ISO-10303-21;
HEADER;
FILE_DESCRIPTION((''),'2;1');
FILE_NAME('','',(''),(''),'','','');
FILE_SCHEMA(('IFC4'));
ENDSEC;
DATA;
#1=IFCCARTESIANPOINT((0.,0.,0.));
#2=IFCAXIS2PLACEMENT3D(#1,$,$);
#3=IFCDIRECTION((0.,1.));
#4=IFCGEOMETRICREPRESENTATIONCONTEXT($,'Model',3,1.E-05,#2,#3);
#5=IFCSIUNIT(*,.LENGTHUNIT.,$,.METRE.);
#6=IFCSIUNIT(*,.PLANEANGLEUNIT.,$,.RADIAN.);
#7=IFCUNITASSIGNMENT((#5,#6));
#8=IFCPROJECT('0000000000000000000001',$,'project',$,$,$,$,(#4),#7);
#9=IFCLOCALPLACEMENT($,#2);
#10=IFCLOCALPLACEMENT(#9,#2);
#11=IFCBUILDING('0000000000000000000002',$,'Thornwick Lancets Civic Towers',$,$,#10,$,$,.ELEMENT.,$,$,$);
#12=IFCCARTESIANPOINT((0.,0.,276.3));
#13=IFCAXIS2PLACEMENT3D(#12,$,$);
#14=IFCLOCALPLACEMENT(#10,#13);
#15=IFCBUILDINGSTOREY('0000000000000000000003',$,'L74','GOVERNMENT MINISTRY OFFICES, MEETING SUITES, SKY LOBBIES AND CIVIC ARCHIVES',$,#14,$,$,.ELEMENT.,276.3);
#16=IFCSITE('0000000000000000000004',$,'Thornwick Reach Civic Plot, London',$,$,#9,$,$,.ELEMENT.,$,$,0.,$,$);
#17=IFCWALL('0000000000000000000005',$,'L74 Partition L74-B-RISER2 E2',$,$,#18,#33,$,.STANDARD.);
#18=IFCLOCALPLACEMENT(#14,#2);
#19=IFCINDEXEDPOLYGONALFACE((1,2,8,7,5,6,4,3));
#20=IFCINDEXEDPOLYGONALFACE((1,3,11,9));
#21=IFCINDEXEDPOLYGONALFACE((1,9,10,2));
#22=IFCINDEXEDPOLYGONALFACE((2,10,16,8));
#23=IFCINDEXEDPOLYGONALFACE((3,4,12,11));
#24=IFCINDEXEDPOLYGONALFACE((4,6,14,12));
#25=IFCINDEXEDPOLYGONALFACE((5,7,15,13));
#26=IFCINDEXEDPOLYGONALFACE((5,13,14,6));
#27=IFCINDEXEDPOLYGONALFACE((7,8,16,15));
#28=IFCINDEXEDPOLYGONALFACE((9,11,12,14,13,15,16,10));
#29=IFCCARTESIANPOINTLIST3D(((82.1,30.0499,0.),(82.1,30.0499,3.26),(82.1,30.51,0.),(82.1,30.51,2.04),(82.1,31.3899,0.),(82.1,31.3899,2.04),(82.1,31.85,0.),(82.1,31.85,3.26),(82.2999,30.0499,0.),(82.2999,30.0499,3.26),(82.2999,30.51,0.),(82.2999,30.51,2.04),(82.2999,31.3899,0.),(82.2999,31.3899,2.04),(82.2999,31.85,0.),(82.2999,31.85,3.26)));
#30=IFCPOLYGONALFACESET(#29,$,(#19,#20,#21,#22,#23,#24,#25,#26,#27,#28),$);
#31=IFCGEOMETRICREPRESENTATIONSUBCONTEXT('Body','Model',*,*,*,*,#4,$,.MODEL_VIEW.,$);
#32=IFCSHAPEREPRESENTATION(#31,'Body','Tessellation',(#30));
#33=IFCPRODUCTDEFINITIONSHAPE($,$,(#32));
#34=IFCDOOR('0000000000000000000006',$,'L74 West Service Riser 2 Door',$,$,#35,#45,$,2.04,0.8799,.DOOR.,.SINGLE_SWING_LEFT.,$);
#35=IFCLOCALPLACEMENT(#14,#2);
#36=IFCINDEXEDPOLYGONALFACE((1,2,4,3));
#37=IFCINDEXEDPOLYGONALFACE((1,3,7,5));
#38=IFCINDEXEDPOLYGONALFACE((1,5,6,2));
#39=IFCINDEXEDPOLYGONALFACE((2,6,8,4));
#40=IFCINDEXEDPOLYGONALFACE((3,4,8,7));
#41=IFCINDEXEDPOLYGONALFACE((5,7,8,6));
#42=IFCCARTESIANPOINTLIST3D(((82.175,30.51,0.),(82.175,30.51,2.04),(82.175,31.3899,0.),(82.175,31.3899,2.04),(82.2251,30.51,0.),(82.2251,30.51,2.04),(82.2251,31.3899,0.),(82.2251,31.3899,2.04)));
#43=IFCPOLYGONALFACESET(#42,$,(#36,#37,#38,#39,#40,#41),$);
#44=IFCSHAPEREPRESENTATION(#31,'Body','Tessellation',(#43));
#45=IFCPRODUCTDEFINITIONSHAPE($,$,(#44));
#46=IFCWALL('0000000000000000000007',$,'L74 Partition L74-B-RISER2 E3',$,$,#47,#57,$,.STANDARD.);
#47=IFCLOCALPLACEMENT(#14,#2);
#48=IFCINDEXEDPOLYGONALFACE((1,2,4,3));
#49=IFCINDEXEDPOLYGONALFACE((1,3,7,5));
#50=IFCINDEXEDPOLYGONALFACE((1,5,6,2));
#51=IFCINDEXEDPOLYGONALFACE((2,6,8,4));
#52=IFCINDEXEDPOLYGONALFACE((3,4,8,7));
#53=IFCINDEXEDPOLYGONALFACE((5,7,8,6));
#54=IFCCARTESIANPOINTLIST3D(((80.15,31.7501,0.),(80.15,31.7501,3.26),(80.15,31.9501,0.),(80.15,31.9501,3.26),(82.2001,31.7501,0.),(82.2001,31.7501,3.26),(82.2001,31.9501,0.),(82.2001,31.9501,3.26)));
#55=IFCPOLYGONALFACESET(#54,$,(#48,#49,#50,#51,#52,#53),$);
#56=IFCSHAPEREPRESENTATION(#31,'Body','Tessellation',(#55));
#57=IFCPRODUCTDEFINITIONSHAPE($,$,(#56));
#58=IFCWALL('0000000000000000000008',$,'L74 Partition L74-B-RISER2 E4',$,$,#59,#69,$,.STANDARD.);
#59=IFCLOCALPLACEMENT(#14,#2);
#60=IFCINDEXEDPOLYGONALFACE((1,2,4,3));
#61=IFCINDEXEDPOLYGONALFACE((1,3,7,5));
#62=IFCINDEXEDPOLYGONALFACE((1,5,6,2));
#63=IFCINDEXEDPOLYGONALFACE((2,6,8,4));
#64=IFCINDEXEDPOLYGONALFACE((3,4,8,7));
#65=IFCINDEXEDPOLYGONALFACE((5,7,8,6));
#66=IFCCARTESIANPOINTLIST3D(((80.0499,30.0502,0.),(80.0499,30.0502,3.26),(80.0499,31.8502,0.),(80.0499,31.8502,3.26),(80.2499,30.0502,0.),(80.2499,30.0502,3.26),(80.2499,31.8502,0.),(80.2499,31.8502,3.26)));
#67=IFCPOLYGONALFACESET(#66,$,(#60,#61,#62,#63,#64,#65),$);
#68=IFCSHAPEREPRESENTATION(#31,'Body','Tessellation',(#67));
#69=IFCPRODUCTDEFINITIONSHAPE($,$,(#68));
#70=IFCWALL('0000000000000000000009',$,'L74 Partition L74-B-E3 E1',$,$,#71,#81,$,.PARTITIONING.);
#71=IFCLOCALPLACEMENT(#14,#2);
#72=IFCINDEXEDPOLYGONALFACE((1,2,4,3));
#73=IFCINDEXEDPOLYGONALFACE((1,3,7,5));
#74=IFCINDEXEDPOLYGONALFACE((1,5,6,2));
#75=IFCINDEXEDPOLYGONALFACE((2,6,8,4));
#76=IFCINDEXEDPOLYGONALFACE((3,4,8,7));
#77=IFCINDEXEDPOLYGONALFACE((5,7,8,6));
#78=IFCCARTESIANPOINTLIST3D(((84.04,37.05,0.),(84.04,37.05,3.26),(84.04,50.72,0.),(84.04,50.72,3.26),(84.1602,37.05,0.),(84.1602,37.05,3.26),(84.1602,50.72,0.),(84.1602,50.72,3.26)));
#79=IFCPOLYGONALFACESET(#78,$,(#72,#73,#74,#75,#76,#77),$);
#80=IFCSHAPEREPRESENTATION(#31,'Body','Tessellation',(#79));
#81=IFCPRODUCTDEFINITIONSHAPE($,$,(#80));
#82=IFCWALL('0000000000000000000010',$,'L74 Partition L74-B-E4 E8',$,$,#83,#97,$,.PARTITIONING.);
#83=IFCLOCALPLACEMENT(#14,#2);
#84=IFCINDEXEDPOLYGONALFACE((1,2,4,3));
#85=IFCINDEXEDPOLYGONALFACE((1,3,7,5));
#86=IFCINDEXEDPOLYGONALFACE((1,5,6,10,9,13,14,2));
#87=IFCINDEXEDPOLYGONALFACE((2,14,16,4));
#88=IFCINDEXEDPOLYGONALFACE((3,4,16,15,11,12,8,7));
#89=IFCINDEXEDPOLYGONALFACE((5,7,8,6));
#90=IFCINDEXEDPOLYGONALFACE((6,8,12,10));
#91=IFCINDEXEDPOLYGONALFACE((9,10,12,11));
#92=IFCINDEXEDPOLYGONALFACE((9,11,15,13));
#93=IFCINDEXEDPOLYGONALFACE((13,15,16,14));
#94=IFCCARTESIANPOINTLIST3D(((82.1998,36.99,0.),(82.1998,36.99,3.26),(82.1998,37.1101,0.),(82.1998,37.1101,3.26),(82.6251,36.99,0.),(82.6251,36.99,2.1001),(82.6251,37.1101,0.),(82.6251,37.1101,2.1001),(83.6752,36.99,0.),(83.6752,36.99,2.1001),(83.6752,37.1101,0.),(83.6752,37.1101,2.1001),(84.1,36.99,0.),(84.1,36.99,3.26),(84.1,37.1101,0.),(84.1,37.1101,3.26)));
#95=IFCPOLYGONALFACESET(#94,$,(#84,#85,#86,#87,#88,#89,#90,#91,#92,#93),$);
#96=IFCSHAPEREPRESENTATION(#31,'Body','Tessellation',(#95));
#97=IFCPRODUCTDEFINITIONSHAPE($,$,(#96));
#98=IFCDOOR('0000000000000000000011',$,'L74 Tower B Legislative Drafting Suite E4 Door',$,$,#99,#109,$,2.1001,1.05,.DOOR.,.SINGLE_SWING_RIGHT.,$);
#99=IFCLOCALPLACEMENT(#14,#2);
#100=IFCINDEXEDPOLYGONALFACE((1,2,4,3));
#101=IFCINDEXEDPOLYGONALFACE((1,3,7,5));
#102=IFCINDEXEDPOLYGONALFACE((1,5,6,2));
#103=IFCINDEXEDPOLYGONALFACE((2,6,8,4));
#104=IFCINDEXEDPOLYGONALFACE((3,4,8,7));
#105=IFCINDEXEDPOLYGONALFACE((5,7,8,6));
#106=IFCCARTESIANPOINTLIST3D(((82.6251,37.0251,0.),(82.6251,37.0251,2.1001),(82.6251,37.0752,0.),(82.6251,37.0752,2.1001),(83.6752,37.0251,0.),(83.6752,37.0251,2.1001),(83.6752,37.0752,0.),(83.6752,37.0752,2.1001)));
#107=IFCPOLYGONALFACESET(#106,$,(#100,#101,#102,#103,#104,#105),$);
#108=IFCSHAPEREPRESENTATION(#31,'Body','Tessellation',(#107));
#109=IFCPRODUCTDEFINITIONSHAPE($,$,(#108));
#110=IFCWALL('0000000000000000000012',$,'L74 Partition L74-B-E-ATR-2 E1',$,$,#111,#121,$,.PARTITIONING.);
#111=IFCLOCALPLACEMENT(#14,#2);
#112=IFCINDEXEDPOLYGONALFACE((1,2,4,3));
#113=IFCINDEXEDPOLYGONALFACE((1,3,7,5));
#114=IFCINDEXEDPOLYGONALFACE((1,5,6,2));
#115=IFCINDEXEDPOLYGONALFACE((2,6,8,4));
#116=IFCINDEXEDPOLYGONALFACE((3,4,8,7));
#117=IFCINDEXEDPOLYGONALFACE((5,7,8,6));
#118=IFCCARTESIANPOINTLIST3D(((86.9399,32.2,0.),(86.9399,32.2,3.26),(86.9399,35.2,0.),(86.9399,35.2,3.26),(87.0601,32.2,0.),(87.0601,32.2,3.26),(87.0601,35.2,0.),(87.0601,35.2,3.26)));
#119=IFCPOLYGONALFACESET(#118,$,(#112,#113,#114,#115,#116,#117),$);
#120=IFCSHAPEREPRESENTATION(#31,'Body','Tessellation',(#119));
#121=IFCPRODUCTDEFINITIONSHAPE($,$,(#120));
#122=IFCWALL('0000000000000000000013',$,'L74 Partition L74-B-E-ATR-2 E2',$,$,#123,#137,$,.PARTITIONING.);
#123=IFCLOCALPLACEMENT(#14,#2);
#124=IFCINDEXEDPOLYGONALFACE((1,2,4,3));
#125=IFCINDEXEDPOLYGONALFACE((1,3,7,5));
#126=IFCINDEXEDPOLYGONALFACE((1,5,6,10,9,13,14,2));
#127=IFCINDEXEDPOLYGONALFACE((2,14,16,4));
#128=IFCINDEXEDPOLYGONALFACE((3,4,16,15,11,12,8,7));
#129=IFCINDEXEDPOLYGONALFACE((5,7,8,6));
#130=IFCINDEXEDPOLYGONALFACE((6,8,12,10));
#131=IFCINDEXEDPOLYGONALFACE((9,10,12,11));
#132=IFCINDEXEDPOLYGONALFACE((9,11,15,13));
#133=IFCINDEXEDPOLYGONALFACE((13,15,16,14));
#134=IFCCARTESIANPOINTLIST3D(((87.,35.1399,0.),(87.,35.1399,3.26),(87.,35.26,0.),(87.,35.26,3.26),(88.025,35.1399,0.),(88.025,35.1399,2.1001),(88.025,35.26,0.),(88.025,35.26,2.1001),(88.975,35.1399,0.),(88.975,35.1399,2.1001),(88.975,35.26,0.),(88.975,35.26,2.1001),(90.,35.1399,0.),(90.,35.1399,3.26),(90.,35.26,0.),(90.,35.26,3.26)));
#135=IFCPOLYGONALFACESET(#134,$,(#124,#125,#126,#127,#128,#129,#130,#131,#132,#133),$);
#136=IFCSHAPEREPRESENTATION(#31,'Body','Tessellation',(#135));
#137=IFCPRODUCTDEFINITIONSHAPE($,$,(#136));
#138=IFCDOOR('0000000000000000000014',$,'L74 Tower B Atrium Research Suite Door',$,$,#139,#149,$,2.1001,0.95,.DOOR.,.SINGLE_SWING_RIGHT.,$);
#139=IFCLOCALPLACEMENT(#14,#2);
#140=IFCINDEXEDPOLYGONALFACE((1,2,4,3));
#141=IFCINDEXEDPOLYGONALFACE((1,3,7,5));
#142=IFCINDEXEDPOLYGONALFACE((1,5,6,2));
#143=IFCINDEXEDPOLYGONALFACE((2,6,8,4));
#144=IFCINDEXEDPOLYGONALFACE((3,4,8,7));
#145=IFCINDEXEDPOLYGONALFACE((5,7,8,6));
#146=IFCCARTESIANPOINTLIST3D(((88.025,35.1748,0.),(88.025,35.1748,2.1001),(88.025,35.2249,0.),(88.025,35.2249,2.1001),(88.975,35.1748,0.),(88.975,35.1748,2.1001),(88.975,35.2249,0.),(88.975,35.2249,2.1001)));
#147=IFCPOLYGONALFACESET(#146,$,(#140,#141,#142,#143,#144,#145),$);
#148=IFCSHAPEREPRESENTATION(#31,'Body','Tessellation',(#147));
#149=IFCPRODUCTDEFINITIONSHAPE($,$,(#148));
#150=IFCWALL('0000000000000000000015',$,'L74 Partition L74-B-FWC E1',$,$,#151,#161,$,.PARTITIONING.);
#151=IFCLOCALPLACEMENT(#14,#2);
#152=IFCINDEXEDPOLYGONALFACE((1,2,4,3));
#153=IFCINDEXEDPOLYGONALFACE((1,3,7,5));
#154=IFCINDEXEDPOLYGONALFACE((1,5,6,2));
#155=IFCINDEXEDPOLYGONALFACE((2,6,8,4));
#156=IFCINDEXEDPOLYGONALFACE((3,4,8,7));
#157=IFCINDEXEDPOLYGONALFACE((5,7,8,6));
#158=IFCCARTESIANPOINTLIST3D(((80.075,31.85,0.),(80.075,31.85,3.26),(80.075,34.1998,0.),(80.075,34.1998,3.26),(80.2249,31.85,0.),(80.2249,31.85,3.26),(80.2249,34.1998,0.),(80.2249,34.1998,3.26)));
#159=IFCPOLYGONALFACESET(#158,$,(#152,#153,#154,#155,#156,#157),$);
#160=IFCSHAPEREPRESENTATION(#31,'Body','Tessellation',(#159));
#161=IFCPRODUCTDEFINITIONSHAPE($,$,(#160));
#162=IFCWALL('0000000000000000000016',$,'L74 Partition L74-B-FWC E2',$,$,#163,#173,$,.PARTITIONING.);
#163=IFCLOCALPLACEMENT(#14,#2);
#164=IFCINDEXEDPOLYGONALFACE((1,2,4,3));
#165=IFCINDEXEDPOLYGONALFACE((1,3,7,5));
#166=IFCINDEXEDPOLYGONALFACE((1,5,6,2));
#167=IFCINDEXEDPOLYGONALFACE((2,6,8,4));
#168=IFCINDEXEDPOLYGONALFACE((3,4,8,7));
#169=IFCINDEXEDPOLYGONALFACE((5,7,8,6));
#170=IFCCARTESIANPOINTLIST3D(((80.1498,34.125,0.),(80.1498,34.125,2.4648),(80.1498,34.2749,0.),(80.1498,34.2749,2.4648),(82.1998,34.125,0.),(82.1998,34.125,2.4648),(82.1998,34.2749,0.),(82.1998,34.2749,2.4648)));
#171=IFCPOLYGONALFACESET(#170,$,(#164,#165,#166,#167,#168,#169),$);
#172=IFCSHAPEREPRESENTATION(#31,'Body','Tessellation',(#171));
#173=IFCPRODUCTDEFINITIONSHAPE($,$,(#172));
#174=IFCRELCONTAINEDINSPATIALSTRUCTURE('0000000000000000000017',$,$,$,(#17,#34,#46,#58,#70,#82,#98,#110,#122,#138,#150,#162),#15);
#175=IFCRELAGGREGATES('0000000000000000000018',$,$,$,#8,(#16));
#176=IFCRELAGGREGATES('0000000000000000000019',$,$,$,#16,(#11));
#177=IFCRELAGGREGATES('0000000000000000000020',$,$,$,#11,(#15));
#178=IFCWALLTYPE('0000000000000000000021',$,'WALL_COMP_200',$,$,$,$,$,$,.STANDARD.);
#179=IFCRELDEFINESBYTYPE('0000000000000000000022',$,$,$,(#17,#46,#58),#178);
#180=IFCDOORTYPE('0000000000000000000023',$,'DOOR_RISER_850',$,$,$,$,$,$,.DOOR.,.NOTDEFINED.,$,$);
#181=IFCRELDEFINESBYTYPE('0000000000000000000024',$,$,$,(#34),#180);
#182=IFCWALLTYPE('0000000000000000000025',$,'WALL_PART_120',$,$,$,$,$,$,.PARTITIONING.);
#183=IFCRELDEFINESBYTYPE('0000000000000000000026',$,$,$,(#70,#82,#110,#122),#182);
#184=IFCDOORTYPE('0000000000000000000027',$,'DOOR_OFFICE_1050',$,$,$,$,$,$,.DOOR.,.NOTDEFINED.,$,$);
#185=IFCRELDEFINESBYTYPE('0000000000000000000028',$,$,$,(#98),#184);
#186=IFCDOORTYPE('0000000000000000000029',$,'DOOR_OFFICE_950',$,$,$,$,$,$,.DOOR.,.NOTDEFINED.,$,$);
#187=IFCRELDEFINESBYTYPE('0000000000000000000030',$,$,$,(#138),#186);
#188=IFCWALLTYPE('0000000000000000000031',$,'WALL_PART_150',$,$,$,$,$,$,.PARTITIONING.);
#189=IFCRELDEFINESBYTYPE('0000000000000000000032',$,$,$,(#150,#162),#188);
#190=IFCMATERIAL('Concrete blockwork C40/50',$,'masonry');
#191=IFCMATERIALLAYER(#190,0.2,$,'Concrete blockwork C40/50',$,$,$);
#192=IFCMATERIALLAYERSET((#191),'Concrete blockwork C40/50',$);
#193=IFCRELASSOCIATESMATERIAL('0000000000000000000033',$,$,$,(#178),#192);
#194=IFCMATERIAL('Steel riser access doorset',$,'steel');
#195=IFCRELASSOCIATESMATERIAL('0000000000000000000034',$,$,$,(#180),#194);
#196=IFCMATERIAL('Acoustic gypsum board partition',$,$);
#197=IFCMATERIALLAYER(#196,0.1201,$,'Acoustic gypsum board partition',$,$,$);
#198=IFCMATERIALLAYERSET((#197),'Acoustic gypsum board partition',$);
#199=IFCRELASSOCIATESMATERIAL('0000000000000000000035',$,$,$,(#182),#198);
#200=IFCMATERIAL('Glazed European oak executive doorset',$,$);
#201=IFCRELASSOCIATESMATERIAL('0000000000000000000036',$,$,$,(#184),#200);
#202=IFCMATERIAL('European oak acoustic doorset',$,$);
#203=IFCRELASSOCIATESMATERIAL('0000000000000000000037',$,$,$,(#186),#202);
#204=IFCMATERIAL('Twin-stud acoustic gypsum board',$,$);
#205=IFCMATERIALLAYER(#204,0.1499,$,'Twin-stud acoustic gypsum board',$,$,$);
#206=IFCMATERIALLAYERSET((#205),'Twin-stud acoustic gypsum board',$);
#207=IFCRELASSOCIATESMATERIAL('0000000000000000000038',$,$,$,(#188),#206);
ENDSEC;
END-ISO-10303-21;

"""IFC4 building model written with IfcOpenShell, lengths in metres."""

from ifc_helpers import new_model, si_unit, direction, frame, frame_2d, origin, place, context, subcontext, project, spatial, rectangle, extrude, material, layer, layer_set, type_object, element, fill, save


model = new_model("IFC4")

# Units and contexts
model_context = context("Model", 3, precision=1e-05, world=origin(), true_north=direction((0.0, 1.0)))
body_context = subcontext(model_context, "Body", "Model", "MODEL_VIEW")
ifc_project = project(units=[si_unit("LENGTHUNIT", "METRE"), si_unit("PLANEANGLEUNIT", "RADIAN")], contexts=[model_context])

# Site, building, storey
site_placement = place(None, origin())
site = spatial("IfcSite", under=ifc_project, at=site_placement, Name="Thornwick Reach Civic Plot, London", CompositionType="ELEMENT", RefElevation=0.0)
building_placement = place(site_placement, origin())
building = spatial("IfcBuilding", under=site, at=building_placement, Name="Thornwick Lancets Civic Towers", CompositionType="ELEMENT")
storey_placement = place(building_placement, frame((0.0, 0.0, 276.3)))
storey = spatial("IfcBuildingStorey", under=building, at=storey_placement, Name="L74", Description="GOVERNMENT MINISTRY OFFICES, MEETING SUITES, SKY LOBBIES AND CIVIC ARCHIVES", CompositionType="ELEMENT", Elevation=276.3)

# Shared definitions
ifc_material_1 = material(Name="Concrete blockwork C40/50", Category="masonry")
ifc_layer_1 = layer(ifc_material_1, 0.2, Name="Concrete blockwork C40/50")
ifc_layer_set_1 = layer_set([ifc_layer_1], Name="Concrete blockwork C40/50")
wall_type_1 = type_object("IfcWallType", Name="WALL_COMP_200", PredefinedType="STANDARD", material=ifc_layer_set_1)

# Wall, opening, door
wall_1_placement = place(storey_placement, frame((82.2, 30.05, 0.0), z_axis=(0.0, 0.0, 1.0), x_axis=(0.0, 1.0, 0.0)))
wall_1 = element("IfcWall", 1, at=wall_1_placement, inside=storey, type_object=wall_type_1, Name="L74 Partition L74-B-RISER2 E2", PredefinedType="STANDARD", context=body_context, shape_type="SweptSolid", body=[
    extrude(rectangle(XDim=1.8, YDim=0.2, at=frame_2d((0.8999, 0.0))), origin(), (0.0, 0.0, 1.0), 3.26),
])
opening_1_placement = place(wall_1_placement, frame((0.46, 0.0, 0.0)))
opening_1 = element("IfcOpeningElement", 2, at=opening_1_placement, cuts=wall_1, PredefinedType="OPENING", context=body_context, shape_type="SweptSolid", body=[
    extrude(rectangle(XDim=0.8799, YDim=2.04, at=frame_2d((0.4399, 1.02))), frame((0.0, 0.1099, 0.0), z_axis=(0.0, -1.0, 0.0), x_axis=(1.0, 0.0, 0.0)), (0.0, 0.0, 1.0), 0.22),
])
ifc_material_2 = material(Name="Steel riser access doorset", Category="steel")
door_type_1 = type_object("IfcDoorType", Name="DOOR_RISER_850", OperationType="NOTDEFINED", PredefinedType="DOOR", material=ifc_material_2)
door_1_placement = place(opening_1_placement, origin())
door_1 = element("IfcDoor", 3, at=door_1_placement, inside=storey, type_object=door_type_1, Name="L74 West Service Riser 2 Door", OperationType="SINGLE_SWING_LEFT", OverallHeight=2.04, OverallWidth=0.8799, PredefinedType="DOOR", context=body_context, shape_type="SweptSolid", body=[
    extrude(rectangle(XDim=0.8799, YDim=2.04, at=frame_2d((0.4399, 1.02))), frame((0.0, 0.0249, 0.0), z_axis=(0.0, -1.0, 0.0), x_axis=(1.0, 0.0, 0.0)), (0.0, 0.0, 1.0), 0.05),
])
fill(opening_1, door_1)

# Walls
wall_2_placement = place(storey_placement, frame((82.2, 31.8501, 0.0), z_axis=(0.0, 0.0, 1.0), x_axis=(-1.0, 0.0, 0.0)))
element("IfcWall", 4, at=wall_2_placement, inside=storey, type_object=wall_type_1, Name="L74 Partition L74-B-RISER2 E3", PredefinedType="STANDARD", context=body_context, shape_type="SweptSolid", body=[
    extrude(rectangle(XDim=2.05, YDim=0.2, at=frame_2d((1.0249, 0.0))), origin(), (0.0, 0.0, 1.0), 3.26),
])
wall_3_placement = place(storey_placement, frame((80.1499, 31.8501, 0.0), z_axis=(0.0, 0.0, 1.0), x_axis=(0.0, -1.0, 0.0)))
element("IfcWall", 5, at=wall_3_placement, inside=storey, type_object=wall_type_1, Name="L74 Partition L74-B-RISER2 E4", PredefinedType="STANDARD", context=body_context, shape_type="SweptSolid", body=[
    extrude(rectangle(XDim=1.8, YDim=0.2, at=frame_2d((0.8999, 0.0))), origin(), (0.0, 0.0, 1.0), 3.26),
])
ifc_material_3 = material(Name="Acoustic gypsum board partition")
ifc_layer_2 = layer(ifc_material_3, 0.1201, Name="Acoustic gypsum board partition")
ifc_layer_set_2 = layer_set([ifc_layer_2], Name="Acoustic gypsum board partition")
wall_type_2 = type_object("IfcWallType", Name="WALL_PART_120", PredefinedType="PARTITIONING", material=ifc_layer_set_2)
wall_4_placement = place(storey_placement, frame((84.1001, 37.05, 0.0), z_axis=(0.0, 0.0, 1.0), x_axis=(0.0, 1.0, 0.0)))
element("IfcWall", 6, at=wall_4_placement, inside=storey, type_object=wall_type_2, Name="L74 Partition L74-B-E3 E1", PredefinedType="PARTITIONING", context=body_context, shape_type="SweptSolid", body=[
    extrude(rectangle(XDim=13.6699, YDim=0.1201, at=frame_2d((6.835, 0.0))), origin(), (0.0, 0.0, 1.0), 3.26),
])

# Wall, opening, door
wall_5_placement = place(storey_placement, frame((84.1001, 37.05, 0.0), z_axis=(0.0, 0.0, 1.0), x_axis=(-1.0, 0.0, 0.0)))
wall_5 = element("IfcWall", 7, at=wall_5_placement, inside=storey, type_object=wall_type_2, Name="L74 Partition L74-B-E4 E8", PredefinedType="PARTITIONING", context=body_context, shape_type="SweptSolid", body=[
    extrude(rectangle(XDim=1.9001, YDim=0.1201, at=frame_2d((0.9502, 0.0))), origin(), (0.0, 0.0, 1.0), 3.26),
])
opening_2_placement = place(wall_5_placement, frame((0.425, 0.0, 0.0)))
opening_2 = element("IfcOpeningElement", 8, at=opening_2_placement, cuts=wall_5, PredefinedType="OPENING", context=body_context, shape_type="SweptSolid", body=[
    extrude(rectangle(XDim=1.05, YDim=2.1001, at=frame_2d((0.5249, 1.05))), frame((0.0, 0.0701, 0.0), z_axis=(0.0, -1.0, 0.0), x_axis=(1.0, 0.0, 0.0)), (0.0, 0.0, 1.0), 0.1401),
])
ifc_material_4 = material(Name="Glazed European oak executive doorset")
door_type_2 = type_object("IfcDoorType", Name="DOOR_OFFICE_1050", OperationType="NOTDEFINED", PredefinedType="DOOR", material=ifc_material_4)
door_2_placement = place(opening_2_placement, origin())
door_2 = element("IfcDoor", 9, at=door_2_placement, inside=storey, type_object=door_type_2, Name="L74 Tower B Legislative Drafting Suite E4 Door", OperationType="SINGLE_SWING_RIGHT", OverallHeight=2.1001, OverallWidth=1.05, PredefinedType="DOOR", context=body_context, shape_type="SweptSolid", body=[
    extrude(rectangle(XDim=1.05, YDim=2.1001, at=frame_2d((0.5249, 1.05))), frame((0.0, 0.0249, 0.0), z_axis=(0.0, -1.0, 0.0), x_axis=(1.0, 0.0, 0.0)), (0.0, 0.0, 1.0), 0.05),
])
fill(opening_2, door_2)

# Wall
wall_6_placement = place(storey_placement, frame((87.0, 32.2, 0.0), z_axis=(0.0, 0.0, 1.0), x_axis=(0.0, 1.0, 0.0)))
element("IfcWall", 10, at=wall_6_placement, inside=storey, type_object=wall_type_2, Name="L74 Partition L74-B-E-ATR-2 E1", PredefinedType="PARTITIONING", context=body_context, shape_type="SweptSolid", body=[
    extrude(rectangle(XDim=3.0, YDim=0.1201, at=frame_2d((1.5, 0.0))), origin(), (0.0, 0.0, 1.0), 3.26),
])

# Wall, opening, door
wall_7_placement = place(storey_placement, frame((87.0, 35.2, 0.0), z_axis=(0.0, 0.0, 1.0), x_axis=(1.0, 0.0, 0.0)))
wall_7 = element("IfcWall", 11, at=wall_7_placement, inside=storey, type_object=wall_type_2, Name="L74 Partition L74-B-E-ATR-2 E2", PredefinedType="PARTITIONING", context=body_context, shape_type="SweptSolid", body=[
    extrude(rectangle(XDim=3.0, YDim=0.1201, at=frame_2d((1.5, 0.0))), origin(), (0.0, 0.0, 1.0), 3.26),
])
opening_3_placement = place(wall_7_placement, frame((1.0249, 0.0, 0.0)))
opening_3 = element("IfcOpeningElement", 12, at=opening_3_placement, cuts=wall_7, PredefinedType="OPENING", context=body_context, shape_type="SweptSolid", body=[
    extrude(rectangle(XDim=0.95, YDim=2.1001, at=frame_2d((0.4751, 1.05))), frame((0.0, 0.0701, 0.0), z_axis=(0.0, -1.0, 0.0), x_axis=(1.0, 0.0, 0.0)), (0.0, 0.0, 1.0), 0.1401),
])
ifc_material_5 = material(Name="European oak acoustic doorset")
door_type_3 = type_object("IfcDoorType", Name="DOOR_OFFICE_950", OperationType="NOTDEFINED", PredefinedType="DOOR", material=ifc_material_5)
door_3_placement = place(opening_3_placement, origin())
door_3 = element("IfcDoor", 13, at=door_3_placement, inside=storey, type_object=door_type_3, Name="L74 Tower B Atrium Research Suite Door", OperationType="SINGLE_SWING_RIGHT", OverallHeight=2.1001, OverallWidth=0.95, PredefinedType="DOOR", context=body_context, shape_type="SweptSolid", body=[
    extrude(rectangle(XDim=0.95, YDim=2.1001, at=frame_2d((0.4751, 1.05))), frame((0.0, 0.0249, 0.0), z_axis=(0.0, -1.0, 0.0), x_axis=(1.0, 0.0, 0.0)), (0.0, 0.0, 1.0), 0.05),
])
fill(opening_3, door_3)

# Walls
ifc_material_6 = material(Name="Twin-stud acoustic gypsum board")
ifc_layer_3 = layer(ifc_material_6, 0.1499, Name="Twin-stud acoustic gypsum board")
ifc_layer_set_3 = layer_set([ifc_layer_3], Name="Twin-stud acoustic gypsum board")
wall_type_3 = type_object("IfcWallType", Name="WALL_PART_150", PredefinedType="PARTITIONING", material=ifc_layer_set_3)
wall_8_placement = place(storey_placement, frame((80.1499, 31.8501, 0.0), z_axis=(0.0, 0.0, 1.0), x_axis=(0.0, 1.0, 0.0)))
element("IfcWall", 14, at=wall_8_placement, inside=storey, type_object=wall_type_3, Name="L74 Partition L74-B-FWC E1", PredefinedType="PARTITIONING", context=body_context, shape_type="SweptSolid", body=[
    extrude(rectangle(XDim=2.3499, YDim=0.1499, at=frame_2d((1.1748, 0.0))), origin(), (0.0, 0.0, 1.0), 3.26),
])
wall_9_placement = place(storey_placement, frame((80.1499, 34.2, 0.0), z_axis=(0.0, 0.0, 1.0), x_axis=(1.0, 0.0, 0.0)))
element("IfcWall", 15, at=wall_9_placement, inside=storey, type_object=wall_type_3, Name="L74 Partition L74-B-FWC E2", PredefinedType="PARTITIONING", context=body_context, shape_type="SweptSolid", body=[
    extrude(rectangle(XDim=2.05, YDim=0.1499, at=frame_2d((1.0249, 0.0))), origin(), (0.0, 0.0, 1.0), 2.4648),
])

save(model, "model.ifc")
